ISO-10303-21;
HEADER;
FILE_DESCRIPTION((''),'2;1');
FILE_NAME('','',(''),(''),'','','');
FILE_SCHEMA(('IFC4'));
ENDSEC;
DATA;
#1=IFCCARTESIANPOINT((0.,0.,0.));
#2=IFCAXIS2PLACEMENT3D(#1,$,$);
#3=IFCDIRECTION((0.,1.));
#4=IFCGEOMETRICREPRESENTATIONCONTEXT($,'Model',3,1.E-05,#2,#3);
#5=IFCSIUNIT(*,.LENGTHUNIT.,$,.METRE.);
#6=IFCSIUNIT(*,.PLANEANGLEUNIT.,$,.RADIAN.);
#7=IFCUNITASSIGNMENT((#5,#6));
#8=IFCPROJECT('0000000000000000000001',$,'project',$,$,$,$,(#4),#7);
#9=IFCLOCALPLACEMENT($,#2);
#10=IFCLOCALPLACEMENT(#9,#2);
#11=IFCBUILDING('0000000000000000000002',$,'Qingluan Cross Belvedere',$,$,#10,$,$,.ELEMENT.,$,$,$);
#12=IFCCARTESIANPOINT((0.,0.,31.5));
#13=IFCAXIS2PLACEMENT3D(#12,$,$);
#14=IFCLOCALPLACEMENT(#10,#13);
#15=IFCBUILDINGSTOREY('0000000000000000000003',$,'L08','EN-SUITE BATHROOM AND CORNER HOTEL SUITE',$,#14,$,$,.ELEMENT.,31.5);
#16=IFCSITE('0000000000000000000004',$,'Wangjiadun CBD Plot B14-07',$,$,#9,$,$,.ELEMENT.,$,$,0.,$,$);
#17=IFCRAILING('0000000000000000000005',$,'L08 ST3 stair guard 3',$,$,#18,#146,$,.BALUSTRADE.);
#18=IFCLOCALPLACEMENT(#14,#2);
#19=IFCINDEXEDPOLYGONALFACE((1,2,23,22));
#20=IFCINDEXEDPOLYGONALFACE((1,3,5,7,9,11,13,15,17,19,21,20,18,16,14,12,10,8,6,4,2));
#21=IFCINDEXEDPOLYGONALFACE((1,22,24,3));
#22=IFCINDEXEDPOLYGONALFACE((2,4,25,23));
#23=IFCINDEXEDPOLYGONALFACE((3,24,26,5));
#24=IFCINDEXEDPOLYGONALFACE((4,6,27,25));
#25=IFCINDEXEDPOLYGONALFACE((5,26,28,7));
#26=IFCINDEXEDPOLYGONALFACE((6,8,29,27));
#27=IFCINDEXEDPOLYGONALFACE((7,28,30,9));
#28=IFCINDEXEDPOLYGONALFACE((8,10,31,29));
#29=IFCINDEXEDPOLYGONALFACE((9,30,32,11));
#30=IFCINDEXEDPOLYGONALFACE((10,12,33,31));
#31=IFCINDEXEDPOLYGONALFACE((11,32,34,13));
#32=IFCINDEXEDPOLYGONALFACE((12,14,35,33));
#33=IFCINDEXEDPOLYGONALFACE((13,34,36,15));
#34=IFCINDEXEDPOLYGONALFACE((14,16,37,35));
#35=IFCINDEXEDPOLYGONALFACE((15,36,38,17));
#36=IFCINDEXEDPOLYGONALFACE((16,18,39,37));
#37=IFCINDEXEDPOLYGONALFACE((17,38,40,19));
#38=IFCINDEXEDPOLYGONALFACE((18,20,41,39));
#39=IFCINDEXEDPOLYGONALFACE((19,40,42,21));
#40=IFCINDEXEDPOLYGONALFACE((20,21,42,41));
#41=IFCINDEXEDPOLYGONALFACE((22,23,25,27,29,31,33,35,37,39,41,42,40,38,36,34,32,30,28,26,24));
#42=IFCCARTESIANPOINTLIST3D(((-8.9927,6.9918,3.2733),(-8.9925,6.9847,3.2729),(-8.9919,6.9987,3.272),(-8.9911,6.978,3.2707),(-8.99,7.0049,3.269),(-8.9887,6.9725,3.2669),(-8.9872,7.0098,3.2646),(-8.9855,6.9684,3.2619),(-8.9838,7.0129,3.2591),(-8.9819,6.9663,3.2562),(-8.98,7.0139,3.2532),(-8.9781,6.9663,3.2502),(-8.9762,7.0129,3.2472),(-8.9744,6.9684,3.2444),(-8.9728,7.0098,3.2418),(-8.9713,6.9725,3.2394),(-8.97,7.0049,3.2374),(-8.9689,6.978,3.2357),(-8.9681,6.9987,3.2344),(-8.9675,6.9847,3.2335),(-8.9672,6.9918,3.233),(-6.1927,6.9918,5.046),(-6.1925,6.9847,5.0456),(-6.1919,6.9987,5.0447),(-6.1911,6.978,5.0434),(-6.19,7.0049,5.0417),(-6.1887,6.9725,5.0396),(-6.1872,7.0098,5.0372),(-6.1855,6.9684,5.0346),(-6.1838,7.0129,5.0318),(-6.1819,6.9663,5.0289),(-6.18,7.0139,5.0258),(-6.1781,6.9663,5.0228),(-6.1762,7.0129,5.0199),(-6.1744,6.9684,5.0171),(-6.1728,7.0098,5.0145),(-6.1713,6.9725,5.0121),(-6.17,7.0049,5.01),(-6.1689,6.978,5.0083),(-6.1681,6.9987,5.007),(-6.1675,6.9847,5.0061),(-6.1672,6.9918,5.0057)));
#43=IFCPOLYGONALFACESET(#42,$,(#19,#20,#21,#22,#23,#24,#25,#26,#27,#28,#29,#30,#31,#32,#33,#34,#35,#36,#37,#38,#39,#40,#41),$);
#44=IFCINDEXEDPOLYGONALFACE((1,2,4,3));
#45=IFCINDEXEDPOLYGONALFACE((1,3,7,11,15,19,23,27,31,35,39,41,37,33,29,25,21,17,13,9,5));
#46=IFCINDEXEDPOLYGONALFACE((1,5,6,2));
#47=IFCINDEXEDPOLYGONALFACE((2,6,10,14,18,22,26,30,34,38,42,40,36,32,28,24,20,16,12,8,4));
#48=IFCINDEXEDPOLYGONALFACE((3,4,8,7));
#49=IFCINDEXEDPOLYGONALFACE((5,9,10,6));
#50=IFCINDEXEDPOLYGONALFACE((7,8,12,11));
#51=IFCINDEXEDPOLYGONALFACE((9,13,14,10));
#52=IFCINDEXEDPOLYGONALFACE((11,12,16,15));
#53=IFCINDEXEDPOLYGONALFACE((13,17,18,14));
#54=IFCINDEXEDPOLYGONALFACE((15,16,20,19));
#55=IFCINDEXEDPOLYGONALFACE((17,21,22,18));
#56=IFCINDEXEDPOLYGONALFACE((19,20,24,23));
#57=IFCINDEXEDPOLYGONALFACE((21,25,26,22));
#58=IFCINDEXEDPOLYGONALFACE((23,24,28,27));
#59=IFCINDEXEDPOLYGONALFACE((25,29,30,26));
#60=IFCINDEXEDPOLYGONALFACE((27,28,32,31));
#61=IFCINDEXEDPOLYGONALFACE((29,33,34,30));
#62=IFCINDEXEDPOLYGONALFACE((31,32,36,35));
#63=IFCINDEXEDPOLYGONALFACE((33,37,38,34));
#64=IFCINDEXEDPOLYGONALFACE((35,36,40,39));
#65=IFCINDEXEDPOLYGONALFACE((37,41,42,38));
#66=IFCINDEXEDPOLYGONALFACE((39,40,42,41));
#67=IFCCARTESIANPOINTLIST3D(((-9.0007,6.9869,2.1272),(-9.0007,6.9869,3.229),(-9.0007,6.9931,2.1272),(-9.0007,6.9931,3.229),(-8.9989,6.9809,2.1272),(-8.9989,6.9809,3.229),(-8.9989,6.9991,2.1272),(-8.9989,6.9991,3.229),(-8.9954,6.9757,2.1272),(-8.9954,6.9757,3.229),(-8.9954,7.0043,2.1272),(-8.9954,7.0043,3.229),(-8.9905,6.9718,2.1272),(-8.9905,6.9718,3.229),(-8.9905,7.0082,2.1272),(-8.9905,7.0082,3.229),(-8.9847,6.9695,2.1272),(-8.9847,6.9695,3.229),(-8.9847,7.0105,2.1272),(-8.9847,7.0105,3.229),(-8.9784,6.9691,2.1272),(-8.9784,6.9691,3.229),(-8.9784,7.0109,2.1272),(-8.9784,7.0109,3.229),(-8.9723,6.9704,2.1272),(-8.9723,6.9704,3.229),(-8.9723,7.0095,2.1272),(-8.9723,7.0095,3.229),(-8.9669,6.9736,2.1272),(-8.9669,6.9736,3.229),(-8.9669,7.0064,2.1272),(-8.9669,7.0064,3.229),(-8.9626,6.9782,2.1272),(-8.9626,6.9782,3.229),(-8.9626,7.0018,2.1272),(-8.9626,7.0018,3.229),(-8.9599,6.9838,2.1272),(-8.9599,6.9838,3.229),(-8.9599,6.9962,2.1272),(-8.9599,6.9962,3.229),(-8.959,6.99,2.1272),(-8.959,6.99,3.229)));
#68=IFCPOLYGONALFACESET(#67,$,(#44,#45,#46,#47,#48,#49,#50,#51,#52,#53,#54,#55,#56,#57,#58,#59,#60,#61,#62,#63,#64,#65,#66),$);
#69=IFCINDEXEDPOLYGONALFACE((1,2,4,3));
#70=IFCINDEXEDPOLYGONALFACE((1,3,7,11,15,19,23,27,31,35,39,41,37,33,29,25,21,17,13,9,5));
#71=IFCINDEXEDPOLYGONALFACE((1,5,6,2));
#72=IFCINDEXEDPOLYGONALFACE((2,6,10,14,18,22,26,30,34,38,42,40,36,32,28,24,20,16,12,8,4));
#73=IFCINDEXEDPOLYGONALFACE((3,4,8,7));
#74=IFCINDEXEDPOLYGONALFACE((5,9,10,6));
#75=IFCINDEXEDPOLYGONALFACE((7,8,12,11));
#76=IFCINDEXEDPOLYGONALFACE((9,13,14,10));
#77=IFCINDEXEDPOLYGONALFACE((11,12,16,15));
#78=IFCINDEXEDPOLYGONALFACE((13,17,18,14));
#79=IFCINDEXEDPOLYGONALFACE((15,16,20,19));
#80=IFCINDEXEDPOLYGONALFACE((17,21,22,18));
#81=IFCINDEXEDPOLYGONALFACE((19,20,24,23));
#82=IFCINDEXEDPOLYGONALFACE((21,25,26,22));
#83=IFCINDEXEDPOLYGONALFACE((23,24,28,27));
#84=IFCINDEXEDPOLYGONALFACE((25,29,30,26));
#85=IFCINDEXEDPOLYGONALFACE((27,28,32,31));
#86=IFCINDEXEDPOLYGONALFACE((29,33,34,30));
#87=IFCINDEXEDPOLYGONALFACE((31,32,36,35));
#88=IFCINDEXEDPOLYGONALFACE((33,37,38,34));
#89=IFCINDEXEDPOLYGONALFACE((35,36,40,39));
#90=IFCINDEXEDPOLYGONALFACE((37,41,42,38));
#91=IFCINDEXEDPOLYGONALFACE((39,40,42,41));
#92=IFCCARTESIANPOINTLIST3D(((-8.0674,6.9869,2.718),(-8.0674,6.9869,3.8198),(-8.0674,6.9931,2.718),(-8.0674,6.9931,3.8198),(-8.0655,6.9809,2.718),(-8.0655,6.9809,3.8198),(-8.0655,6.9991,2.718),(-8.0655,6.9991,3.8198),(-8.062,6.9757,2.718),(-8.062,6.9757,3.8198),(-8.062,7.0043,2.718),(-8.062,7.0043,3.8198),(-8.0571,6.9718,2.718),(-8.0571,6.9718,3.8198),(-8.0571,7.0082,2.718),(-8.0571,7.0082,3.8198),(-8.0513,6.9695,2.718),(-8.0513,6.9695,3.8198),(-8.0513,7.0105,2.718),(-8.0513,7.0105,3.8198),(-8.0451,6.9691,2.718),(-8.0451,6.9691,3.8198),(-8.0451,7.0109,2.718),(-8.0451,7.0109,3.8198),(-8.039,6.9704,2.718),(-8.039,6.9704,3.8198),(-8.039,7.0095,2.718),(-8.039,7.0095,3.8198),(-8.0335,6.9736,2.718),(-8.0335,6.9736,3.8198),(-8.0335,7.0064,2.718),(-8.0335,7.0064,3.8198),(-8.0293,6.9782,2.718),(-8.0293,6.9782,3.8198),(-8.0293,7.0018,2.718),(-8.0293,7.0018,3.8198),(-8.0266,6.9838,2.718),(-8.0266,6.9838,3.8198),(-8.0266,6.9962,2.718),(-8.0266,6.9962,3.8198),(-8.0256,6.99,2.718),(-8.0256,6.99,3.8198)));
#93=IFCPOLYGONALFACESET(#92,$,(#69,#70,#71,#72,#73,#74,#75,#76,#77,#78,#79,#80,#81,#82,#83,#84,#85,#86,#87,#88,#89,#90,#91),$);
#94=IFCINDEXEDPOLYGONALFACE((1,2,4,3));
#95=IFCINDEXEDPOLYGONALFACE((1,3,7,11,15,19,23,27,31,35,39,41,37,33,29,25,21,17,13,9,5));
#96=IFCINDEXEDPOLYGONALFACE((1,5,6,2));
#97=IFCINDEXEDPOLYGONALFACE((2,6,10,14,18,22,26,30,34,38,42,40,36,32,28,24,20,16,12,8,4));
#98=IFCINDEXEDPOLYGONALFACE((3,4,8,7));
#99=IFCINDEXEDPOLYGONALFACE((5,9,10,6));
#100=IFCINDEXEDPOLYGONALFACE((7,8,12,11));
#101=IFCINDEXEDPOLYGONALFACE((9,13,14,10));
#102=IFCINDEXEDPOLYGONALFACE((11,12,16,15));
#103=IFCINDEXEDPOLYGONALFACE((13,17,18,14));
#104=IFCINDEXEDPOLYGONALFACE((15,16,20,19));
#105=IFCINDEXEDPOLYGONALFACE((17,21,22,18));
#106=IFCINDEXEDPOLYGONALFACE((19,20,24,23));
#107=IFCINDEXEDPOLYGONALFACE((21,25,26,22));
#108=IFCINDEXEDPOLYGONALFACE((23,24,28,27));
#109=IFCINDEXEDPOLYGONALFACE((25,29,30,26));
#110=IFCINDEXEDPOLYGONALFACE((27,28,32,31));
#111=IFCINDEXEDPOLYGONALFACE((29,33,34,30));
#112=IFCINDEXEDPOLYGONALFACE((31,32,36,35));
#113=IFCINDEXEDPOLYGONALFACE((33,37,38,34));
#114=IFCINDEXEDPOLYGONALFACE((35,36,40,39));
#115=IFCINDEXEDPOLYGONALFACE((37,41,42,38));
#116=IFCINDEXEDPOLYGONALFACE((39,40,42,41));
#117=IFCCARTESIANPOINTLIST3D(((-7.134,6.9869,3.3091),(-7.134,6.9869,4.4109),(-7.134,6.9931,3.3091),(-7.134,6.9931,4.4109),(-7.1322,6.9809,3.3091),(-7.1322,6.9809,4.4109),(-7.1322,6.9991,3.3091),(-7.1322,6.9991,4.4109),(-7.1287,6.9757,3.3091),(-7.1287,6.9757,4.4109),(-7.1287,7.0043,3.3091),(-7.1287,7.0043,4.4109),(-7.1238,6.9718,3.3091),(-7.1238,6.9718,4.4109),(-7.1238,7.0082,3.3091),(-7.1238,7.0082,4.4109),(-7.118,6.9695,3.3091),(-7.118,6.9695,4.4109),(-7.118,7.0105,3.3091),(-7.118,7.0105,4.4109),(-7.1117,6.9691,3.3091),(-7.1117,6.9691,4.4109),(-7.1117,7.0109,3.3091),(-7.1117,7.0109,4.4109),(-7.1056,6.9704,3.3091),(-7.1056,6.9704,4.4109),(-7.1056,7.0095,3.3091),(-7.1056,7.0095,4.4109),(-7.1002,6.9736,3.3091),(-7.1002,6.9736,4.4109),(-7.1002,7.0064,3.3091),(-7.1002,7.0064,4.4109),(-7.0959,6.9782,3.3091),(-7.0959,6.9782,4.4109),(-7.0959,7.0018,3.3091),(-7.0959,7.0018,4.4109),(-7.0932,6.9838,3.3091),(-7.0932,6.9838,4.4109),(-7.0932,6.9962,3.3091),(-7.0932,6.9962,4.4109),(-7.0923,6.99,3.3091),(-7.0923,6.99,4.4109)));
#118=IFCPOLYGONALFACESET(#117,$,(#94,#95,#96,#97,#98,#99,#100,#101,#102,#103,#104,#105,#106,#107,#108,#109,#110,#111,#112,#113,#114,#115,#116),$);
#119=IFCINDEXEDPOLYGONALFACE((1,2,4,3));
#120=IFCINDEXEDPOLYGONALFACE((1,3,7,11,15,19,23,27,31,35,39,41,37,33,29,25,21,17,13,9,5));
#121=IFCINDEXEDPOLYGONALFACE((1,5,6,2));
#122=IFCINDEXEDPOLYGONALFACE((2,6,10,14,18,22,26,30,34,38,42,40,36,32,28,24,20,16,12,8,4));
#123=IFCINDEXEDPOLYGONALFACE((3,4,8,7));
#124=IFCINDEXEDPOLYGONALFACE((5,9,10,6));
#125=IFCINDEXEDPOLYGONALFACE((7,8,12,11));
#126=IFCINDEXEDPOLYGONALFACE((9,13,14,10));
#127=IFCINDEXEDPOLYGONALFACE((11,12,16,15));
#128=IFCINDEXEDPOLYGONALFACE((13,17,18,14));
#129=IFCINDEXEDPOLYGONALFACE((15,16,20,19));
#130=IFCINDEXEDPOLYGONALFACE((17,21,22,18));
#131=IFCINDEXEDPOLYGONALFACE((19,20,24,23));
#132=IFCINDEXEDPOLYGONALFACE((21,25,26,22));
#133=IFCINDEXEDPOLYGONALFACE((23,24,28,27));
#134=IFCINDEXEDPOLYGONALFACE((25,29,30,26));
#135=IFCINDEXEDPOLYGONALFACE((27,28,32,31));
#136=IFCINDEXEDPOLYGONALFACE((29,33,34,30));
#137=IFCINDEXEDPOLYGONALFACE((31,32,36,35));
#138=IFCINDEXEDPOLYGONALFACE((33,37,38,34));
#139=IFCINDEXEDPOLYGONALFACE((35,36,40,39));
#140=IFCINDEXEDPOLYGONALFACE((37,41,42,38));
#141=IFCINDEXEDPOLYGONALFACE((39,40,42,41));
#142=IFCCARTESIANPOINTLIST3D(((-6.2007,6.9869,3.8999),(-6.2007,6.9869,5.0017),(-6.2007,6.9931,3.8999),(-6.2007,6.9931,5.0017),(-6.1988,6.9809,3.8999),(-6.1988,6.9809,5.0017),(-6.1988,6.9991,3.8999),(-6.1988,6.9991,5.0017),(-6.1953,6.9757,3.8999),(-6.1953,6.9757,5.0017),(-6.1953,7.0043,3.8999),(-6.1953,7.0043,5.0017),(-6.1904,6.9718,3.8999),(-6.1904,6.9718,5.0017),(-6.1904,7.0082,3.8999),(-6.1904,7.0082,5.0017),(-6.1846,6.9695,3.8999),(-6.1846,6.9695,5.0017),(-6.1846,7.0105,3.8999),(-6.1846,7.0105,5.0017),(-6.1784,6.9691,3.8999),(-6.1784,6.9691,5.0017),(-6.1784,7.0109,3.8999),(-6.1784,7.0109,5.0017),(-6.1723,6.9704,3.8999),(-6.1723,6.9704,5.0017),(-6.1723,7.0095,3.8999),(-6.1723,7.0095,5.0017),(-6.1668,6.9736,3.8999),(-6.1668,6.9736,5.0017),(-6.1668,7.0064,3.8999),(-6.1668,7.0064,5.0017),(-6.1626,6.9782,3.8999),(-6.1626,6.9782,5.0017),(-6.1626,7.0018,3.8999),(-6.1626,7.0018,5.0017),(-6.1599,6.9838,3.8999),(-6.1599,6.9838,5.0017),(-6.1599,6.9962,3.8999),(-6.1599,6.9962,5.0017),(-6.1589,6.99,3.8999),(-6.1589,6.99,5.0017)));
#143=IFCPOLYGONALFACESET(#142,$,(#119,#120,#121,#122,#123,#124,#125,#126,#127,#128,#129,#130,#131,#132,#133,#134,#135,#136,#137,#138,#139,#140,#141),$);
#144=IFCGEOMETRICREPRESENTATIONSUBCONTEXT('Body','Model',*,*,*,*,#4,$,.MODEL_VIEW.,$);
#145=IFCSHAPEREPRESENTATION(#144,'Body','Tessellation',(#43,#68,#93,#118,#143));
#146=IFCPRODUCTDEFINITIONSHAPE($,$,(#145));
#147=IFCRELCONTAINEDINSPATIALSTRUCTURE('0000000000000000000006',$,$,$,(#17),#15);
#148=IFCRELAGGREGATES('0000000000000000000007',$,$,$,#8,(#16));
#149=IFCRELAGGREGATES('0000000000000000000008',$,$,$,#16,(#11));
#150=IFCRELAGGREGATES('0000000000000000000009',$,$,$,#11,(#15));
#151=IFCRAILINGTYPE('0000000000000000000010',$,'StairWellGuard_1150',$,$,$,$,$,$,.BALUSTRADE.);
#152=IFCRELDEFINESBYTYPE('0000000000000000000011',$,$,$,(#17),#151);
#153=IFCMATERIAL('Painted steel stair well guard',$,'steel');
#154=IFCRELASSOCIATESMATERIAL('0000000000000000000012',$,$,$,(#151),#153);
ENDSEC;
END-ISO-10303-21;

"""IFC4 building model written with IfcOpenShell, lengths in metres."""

from ifc_helpers import new_model, si_unit, direction, frame, origin, origin_2d, place, context, subcontext, project, spatial, circle, extrude, material, type_object, element, save


model = new_model("IFC4")

# Units and contexts
model_context = context("Model", 3, precision=1e-05, world=origin(), true_north=direction((0.0, 1.0)))
body_context = subcontext(model_context, "Body", "Model", "MODEL_VIEW")
ifc_project = project(units=[si_unit("LENGTHUNIT", "METRE"), si_unit("PLANEANGLEUNIT", "RADIAN")], contexts=[model_context])

# Site, building, storey
site_placement = place(None, origin())
site = spatial("IfcSite", under=ifc_project, at=site_placement, Name="Wangjiadun CBD Plot B14-07", CompositionType="ELEMENT", RefElevation=0.0)
building_placement = place(site_placement, origin())
building = spatial("IfcBuilding", under=site, at=building_placement, Name="Qingluan Cross Belvedere", CompositionType="ELEMENT")
storey_placement = place(building_placement, frame((0.0, 0.0, 31.5)))
storey = spatial("IfcBuildingStorey", under=building, at=storey_placement, Name="L08", Description="EN-SUITE BATHROOM AND CORNER HOTEL SUITE", CompositionType="ELEMENT", Elevation=31.5)

# Railing
ifc_material_1 = material(Name="Painted steel stair well guard", Category="steel")
railing_type_1 = type_object("IfcRailingType", Name="StairWellGuard_1150", PredefinedType="BALUSTRADE", material=ifc_material_1)
railing_1_placement = place(storey_placement, frame((-8.98, 6.99, 2.1272)))
element("IfcRailing", 1, at=railing_1_placement, inside=storey, type_object=railing_type_1, Name="L08 ST3 stair guard 3", PredefinedType="BALUSTRADE", context=body_context, shape_type="SweptSolid", body=[
    extrude(circle(Radius=0.0239, at=origin_2d()), frame((0.0, 0.0, 1.126), z_axis=(0.844909, 0.0, 0.53491), x_axis=(0.0, 1.0, 0.0)), (0.0, 0.0, 1.0), 3.314),
    extrude(circle(Radius=0.021, at=origin_2d()), origin(), (0.0, 0.0, 1.0), 1.1018),
    extrude(circle(Radius=0.021, at=origin_2d()), frame((0.9333, 0.0, 0.5908)), (0.0, 0.0, 1.0), 1.1018),
    extrude(circle(Radius=0.021, at=origin_2d()), frame((1.8667, 0.0, 1.1819)), (0.0, 0.0, 1.0), 1.1018),
    extrude(circle(Radius=0.021, at=origin_2d()), frame((2.8, 0.0, 1.7727)), (0.0, 0.0, 1.0), 1.1018),
])

save(model, "model.ifc")
